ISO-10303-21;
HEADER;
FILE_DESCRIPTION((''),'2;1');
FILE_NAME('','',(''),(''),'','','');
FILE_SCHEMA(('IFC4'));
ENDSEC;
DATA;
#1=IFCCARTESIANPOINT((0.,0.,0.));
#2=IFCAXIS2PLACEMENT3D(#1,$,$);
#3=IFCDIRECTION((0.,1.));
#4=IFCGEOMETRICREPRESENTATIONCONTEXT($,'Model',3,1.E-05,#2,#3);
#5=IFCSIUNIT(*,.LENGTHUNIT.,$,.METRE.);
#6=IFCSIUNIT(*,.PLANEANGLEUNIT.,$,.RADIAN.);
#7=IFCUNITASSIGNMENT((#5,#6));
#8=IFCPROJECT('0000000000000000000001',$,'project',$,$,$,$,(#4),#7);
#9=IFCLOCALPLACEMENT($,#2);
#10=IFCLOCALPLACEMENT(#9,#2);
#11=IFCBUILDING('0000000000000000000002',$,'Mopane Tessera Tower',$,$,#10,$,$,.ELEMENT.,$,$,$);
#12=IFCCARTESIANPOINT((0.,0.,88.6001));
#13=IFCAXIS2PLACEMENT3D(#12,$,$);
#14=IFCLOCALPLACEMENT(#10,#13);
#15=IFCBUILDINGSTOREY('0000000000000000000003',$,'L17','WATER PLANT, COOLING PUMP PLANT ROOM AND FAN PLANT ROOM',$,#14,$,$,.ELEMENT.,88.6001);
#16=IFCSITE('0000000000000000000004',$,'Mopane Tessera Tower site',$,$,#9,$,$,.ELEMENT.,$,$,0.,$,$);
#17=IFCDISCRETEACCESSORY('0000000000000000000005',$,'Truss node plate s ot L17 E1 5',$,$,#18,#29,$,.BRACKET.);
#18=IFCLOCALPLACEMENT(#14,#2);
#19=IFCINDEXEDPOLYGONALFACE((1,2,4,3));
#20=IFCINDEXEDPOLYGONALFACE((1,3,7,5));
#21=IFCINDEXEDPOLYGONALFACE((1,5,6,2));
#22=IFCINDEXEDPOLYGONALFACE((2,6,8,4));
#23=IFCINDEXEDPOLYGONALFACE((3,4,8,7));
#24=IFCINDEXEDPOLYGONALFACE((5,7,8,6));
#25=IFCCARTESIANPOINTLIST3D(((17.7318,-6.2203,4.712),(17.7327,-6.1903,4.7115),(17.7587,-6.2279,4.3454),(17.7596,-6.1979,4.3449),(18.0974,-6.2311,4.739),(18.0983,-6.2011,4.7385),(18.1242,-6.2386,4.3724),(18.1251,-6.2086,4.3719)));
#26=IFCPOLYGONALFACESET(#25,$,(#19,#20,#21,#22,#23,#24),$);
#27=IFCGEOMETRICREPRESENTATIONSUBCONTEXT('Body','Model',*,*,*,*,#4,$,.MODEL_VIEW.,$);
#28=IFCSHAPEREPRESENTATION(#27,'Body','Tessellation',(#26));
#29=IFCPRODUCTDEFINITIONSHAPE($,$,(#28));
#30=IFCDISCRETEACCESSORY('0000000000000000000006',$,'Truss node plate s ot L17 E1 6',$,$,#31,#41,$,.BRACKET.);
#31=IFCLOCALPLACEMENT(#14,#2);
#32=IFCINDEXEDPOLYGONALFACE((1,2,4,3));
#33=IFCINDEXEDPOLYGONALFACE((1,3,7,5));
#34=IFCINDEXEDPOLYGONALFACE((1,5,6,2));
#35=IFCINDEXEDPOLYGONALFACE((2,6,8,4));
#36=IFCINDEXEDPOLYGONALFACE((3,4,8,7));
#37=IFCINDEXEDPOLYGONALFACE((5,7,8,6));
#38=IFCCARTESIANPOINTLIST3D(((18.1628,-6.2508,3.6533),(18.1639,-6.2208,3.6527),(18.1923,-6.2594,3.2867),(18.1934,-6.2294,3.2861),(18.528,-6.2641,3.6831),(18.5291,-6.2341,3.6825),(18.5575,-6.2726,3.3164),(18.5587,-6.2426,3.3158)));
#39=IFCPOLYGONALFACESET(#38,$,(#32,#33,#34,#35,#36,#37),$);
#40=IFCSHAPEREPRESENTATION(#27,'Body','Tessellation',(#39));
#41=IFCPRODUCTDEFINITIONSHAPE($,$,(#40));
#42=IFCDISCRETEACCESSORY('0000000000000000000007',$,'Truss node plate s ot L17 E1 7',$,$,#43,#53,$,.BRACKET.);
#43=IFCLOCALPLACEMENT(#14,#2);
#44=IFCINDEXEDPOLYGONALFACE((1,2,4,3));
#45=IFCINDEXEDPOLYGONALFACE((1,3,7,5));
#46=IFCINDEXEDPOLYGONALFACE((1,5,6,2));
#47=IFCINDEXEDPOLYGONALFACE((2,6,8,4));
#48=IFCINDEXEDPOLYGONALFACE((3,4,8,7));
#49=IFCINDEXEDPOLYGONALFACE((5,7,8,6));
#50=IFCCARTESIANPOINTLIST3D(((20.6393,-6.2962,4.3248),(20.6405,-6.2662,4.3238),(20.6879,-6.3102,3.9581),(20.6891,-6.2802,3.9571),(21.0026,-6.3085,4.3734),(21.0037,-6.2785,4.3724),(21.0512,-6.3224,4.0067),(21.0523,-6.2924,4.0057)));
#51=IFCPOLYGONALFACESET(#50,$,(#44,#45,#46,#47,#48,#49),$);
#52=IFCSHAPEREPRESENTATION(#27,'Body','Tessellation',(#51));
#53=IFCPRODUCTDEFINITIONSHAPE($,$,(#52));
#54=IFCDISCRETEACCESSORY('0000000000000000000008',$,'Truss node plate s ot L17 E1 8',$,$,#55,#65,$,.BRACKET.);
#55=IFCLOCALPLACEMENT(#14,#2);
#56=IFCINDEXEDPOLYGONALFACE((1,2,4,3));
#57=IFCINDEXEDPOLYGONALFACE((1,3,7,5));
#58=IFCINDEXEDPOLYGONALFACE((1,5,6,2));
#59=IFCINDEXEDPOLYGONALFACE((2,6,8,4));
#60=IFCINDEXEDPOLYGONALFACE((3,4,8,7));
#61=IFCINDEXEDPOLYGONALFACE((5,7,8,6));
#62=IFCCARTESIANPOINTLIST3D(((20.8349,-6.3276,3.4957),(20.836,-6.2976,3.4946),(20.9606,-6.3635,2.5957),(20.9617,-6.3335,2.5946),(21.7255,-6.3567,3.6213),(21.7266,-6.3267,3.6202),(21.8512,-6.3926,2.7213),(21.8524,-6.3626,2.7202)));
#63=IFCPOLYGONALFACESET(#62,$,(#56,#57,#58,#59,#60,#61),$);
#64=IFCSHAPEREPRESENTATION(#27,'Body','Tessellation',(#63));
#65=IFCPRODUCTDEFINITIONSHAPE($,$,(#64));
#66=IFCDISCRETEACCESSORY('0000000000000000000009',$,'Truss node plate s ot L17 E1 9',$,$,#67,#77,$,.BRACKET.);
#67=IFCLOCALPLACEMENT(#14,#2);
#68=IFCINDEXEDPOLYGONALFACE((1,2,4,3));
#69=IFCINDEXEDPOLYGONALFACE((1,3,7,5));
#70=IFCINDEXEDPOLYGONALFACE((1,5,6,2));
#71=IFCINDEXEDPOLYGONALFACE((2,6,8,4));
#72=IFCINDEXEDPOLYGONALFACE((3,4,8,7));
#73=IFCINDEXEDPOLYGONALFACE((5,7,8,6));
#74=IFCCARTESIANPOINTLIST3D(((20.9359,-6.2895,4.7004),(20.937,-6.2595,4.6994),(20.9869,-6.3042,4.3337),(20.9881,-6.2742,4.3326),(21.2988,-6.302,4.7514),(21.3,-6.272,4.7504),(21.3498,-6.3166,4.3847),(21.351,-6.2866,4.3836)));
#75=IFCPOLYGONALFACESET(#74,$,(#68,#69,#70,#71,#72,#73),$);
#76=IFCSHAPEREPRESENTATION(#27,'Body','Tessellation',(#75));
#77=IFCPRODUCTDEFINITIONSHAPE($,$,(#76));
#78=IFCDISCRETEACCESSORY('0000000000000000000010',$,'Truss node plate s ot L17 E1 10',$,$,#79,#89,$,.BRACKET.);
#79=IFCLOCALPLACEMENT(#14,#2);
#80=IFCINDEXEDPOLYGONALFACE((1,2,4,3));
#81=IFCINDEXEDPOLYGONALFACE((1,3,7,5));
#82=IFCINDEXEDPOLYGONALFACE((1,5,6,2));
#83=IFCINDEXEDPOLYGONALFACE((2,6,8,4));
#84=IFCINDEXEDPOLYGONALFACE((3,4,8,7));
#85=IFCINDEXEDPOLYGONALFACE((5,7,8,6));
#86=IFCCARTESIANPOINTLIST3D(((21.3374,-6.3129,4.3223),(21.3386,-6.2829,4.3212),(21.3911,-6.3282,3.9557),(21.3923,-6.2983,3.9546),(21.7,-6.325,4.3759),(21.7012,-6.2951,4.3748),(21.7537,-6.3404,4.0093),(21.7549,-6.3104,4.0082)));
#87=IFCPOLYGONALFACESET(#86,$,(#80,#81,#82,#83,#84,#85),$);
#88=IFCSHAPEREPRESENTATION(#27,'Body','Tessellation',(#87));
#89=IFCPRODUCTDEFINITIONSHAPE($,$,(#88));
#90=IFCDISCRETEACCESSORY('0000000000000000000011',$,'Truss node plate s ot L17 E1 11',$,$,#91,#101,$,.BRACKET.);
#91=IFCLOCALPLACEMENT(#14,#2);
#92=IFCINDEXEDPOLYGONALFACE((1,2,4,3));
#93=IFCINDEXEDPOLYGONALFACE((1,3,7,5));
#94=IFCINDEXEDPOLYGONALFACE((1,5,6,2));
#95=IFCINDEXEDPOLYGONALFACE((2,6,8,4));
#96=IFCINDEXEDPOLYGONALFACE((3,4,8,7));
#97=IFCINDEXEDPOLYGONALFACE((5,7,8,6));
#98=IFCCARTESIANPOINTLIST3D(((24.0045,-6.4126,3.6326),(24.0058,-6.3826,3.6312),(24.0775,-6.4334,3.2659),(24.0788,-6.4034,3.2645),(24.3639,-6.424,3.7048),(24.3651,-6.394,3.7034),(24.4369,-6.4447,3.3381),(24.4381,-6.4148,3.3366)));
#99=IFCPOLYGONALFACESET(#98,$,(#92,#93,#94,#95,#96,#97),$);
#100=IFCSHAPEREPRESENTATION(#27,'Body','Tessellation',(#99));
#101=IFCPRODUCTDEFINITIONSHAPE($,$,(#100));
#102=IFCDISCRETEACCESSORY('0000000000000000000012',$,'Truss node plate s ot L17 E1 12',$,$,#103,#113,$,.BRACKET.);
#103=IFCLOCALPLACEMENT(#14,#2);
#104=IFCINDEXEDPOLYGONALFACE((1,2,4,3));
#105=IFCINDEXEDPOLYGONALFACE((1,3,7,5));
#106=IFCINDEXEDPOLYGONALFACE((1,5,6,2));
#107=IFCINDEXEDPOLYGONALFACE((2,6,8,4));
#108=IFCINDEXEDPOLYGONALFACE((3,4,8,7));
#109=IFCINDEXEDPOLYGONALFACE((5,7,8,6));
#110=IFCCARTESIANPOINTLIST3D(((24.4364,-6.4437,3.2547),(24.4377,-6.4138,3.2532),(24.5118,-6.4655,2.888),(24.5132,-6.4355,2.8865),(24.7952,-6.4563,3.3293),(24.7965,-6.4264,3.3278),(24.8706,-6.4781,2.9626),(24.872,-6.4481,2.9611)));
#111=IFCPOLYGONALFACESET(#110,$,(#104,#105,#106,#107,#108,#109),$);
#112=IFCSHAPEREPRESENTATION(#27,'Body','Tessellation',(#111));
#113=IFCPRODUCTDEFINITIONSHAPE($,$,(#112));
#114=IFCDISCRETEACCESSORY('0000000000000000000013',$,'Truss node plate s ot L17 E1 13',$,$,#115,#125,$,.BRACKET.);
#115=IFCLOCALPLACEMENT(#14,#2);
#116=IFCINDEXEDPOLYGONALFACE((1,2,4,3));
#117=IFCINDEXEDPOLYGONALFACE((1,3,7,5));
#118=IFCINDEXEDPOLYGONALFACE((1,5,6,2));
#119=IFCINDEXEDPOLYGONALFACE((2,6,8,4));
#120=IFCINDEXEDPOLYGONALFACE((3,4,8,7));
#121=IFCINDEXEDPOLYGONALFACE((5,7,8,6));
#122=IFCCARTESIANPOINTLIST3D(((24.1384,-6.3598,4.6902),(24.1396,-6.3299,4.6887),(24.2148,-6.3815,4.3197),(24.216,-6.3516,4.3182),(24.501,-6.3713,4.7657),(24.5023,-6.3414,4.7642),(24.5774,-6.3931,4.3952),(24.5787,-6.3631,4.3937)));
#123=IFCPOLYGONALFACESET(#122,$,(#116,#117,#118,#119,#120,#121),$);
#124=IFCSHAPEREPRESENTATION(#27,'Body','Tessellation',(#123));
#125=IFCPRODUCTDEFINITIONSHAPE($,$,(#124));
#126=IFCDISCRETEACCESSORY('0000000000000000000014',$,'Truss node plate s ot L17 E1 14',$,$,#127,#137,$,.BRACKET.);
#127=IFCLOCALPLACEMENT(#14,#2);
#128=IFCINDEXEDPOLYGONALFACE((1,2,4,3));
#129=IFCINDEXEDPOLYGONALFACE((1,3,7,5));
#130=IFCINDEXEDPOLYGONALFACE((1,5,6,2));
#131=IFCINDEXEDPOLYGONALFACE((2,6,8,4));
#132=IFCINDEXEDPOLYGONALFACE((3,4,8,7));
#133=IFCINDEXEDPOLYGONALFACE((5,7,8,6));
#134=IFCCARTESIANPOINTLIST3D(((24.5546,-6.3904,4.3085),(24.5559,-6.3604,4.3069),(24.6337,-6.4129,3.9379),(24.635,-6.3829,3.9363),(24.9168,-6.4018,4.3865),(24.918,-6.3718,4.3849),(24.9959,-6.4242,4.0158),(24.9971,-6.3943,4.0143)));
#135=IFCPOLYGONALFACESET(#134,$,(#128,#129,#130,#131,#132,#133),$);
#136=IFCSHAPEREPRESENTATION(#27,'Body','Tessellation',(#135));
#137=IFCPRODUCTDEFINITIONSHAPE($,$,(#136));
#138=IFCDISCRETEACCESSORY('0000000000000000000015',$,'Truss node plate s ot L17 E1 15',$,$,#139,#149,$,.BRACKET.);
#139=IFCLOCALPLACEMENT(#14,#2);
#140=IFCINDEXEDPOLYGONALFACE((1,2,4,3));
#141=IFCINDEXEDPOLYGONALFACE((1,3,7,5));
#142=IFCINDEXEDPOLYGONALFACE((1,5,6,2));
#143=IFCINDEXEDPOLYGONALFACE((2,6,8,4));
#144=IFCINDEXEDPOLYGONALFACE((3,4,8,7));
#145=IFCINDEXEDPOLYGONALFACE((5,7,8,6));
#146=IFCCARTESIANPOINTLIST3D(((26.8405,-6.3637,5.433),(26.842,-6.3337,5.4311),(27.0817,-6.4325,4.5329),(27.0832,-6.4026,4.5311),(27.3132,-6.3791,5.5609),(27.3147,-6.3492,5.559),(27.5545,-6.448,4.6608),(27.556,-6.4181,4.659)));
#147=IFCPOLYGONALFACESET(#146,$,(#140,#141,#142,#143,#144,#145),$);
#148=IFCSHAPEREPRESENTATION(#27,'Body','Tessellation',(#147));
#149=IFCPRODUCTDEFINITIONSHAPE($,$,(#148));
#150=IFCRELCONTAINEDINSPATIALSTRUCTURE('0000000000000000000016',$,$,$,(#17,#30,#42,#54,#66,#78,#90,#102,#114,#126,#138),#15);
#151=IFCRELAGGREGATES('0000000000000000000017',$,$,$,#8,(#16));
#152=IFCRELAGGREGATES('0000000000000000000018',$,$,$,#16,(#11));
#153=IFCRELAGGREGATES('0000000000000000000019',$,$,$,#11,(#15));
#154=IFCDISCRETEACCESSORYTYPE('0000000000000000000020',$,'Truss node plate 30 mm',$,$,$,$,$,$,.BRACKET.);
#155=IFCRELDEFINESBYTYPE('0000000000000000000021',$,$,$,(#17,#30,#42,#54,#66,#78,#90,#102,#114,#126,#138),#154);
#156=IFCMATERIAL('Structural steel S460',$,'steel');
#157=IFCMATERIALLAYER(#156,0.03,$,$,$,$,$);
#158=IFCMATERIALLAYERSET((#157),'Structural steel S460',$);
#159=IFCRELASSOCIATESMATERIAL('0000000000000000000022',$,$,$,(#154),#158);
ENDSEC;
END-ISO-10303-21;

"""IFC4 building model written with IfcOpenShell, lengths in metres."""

from ifc_helpers import new_model, si_unit, direction, frame, origin, origin_2d, place, context, subcontext, project, spatial, rectangle, extrude, material, layer, layer_set, type_object, element, save


model = new_model("IFC4")

# Units and contexts
model_context = context("Model", 3, precision=1e-05, world=origin(), true_north=direction((0.0, 1.0)))
body_context = subcontext(model_context, "Body", "Model", "MODEL_VIEW")
ifc_project = project(units=[si_unit("LENGTHUNIT", "METRE"), si_unit("PLANEANGLEUNIT", "RADIAN")], contexts=[model_context])

# Site, building, storey
site_placement = place(None, origin())
site = spatial("IfcSite", under=ifc_project, at=site_placement, Name="Mopane Tessera Tower site", CompositionType="ELEMENT", RefElevation=0.0)
building_placement = place(site_placement, origin())
building = spatial("IfcBuilding", under=site, at=building_placement, Name="Mopane Tessera Tower", CompositionType="ELEMENT")
storey_placement = place(building_placement, frame((0.0, 0.0, 88.6001)))
storey = spatial("IfcBuildingStorey", under=building, at=storey_placement, Name="L17", Description="WATER PLANT, COOLING PUMP PLANT ROOM AND FAN PLANT ROOM", CompositionType="ELEMENT", Elevation=88.6001)

# Discrete accessories
ifc_material_1 = material(Name="Structural steel S460", Category="steel")
ifc_layer_1 = layer(ifc_material_1, 0.03)
ifc_layer_set_1 = layer_set([ifc_layer_1], Name="Structural steel S460")
discrete_accessory_type = type_object("IfcDiscreteAccessoryType", Name="Truss node plate 30 mm", PredefinedType="BRACKET", material=ifc_layer_set_1)
for number, where, z_axis, x_axis, name in (
    (1, (17.9419, -6.2183, 4.3586), (-0.073025, 0.02058, 0.997118), (0.030716, 0.999359, -0.018376), "Truss node plate s ot L17 E1 5"),
):
    element("IfcDiscreteAccessory", number, at=place(storey_placement, frame(where, z_axis=z_axis, x_axis=x_axis)), inside=storey, type_object=discrete_accessory_type, Name=name, PredefinedType="BRACKET", context=body_context, shape_type="SweptSolid", body=[
        extrude(rectangle(XDim=0.03, YDim=0.3667, at=origin_2d()), origin(), (0.0, 0.0, 1.0), 0.3677),
    ])
discrete_accessory_1_placement = place(storey_placement, frame((18.3755, -6.251, 3.3013), z_axis=(-0.080277, 0.023221, 0.996502), x_axis=(0.037871, 0.999078, -0.02023)))
element("IfcDiscreteAccessory", 2, at=discrete_accessory_1_placement, inside=storey, type_object=discrete_accessory_type, Name="Truss node plate s ot L17 E1 6", PredefinedType="BRACKET", context=body_context, shape_type="SweptSolid", body=[
    extrude(rectangle(XDim=0.03, YDim=0.3667, at=origin_2d()), origin(), (0.0, 0.0, 1.0), 0.3679),
])
discrete_accessory_2_placement = place(storey_placement, frame((20.8701, -6.3013, 3.9819), z_axis=(-0.131249, 0.037594, 0.990636), x_axis=(0.038006, 0.998737, -0.032866)))
element("IfcDiscreteAccessory", 3, at=discrete_accessory_2_placement, inside=storey, type_object=discrete_accessory_type, Name="Truss node plate s ot L17 E1 7", PredefinedType="BRACKET", context=body_context, shape_type="SweptSolid", body=[
    extrude(rectangle(XDim=0.03, YDim=0.3667, at=origin_2d()), origin(), (0.0, 0.0, 1.0), 0.3701),
])
discrete_accessory_3_placement = place(storey_placement, frame((21.4065, -6.363, 2.658), z_axis=(-0.138266, 0.039466, 0.989608), x_axis=(0.037565, 0.998696, -0.03458)))
element("IfcDiscreteAccessory", 4, at=discrete_accessory_3_placement, inside=storey, type_object=discrete_accessory_type, Name="Truss node plate s ot L17 E1 8", PredefinedType="BRACKET", context=body_context, shape_type="SweptSolid", body=[
    extrude(rectangle(XDim=0.03, YDim=0.8999, at=origin_2d()), origin(), (0.0, 0.0, 1.0), 0.9094),
])
discrete_accessory_4_placement = place(storey_placement, frame((21.1689, -6.2954, 4.3586), z_axis=(-0.137712, 0.039535, 0.989683), x_axis=(0.039065, 0.998642, -0.034457)))
element("IfcDiscreteAccessory", 5, at=discrete_accessory_4_placement, inside=storey, type_object=discrete_accessory_type, Name="Truss node plate s ot L17 E1 9", PredefinedType="BRACKET", context=body_context, shape_type="SweptSolid", body=[
    extrude(rectangle(XDim=0.03, YDim=0.3667, at=origin_2d()), origin(), (0.0, 0.0, 1.0), 0.3706),
])
discrete_accessory_5_placement = place(storey_placement, frame((21.573, -6.3193, 3.9819), z_axis=(-0.1448, 0.041466, 0.988592), x_axis=(0.038907, 0.998587, -0.036186)))
element("IfcDiscreteAccessory", 6, at=discrete_accessory_5_placement, inside=storey, type_object=discrete_accessory_type, Name="Truss node plate s ot L17 E1 10", PredefinedType="BRACKET", context=body_context, shape_type="SweptSolid", body=[
    extrude(rectangle(XDim=0.03, YDim=0.3667, at=origin_2d()), origin(), (0.0, 0.0, 1.0), 0.3708),
])
discrete_accessory_6_placement = place(storey_placement, frame((24.2578, -6.4241, 3.3013), z_axis=(-0.194937, 0.055417, 0.979249), x_axis=(0.041295, 0.997981, -0.048256)))
element("IfcDiscreteAccessory", 7, at=discrete_accessory_6_placement, inside=storey, type_object=discrete_accessory_type, Name="Truss node plate s ot L17 E1 11", PredefinedType="BRACKET", context=body_context, shape_type="SweptSolid", body=[
    extrude(rectangle(XDim=0.03, YDim=0.3667, at=origin_2d()), origin(), (0.0, 0.0, 1.0), 0.3745),
])
discrete_accessory_7_placement = place(storey_placement, frame((24.6919, -6.4568, 2.9246), z_axis=(-0.201167, 0.057941, 0.977842), x_axis=(0.045413, 0.997727, -0.049777)))
element("IfcDiscreteAccessory", 8, at=discrete_accessory_7_placement, inside=storey, type_object=discrete_accessory_type, Name="Truss node plate s ot L17 E1 12", PredefinedType="BRACKET", context=body_context, shape_type="SweptSolid", body=[
    extrude(rectangle(XDim=0.03, YDim=0.3667, at=origin_2d()), origin(), (0.0, 0.0, 1.0), 0.375),
])
discrete_accessory_8_placement = place(storey_placement, frame((24.3967, -6.3723, 4.3567), z_axis=(-0.201612, 0.057327, 0.977786), x_axis=(0.042031, 0.997873, -0.049839)))
element("IfcDiscreteAccessory", 9, at=discrete_accessory_8_placement, inside=storey, type_object=discrete_accessory_type, Name="Truss node plate s ot L17 E1 13", PredefinedType="BRACKET", context=body_context, shape_type="SweptSolid", body=[
    extrude(rectangle(XDim=0.03, YDim=0.3706, at=origin_2d()), origin(), (0.0, 0.0, 1.0), 0.3789),
])
discrete_accessory_9_placement = place(storey_placement, frame((24.8154, -6.4036, 3.9761), z_axis=(-0.208371, 0.059167, 0.976258), x_axis=(0.042356, 0.997778, -0.051431)))
element("IfcDiscreteAccessory", 10, at=discrete_accessory_9_placement, inside=storey, type_object=discrete_accessory_type, Name="Truss node plate s ot L17 E1 14", PredefinedType="BRACKET", context=body_context, shape_type="SweptSolid", body=[
    extrude(rectangle(XDim=0.03, YDim=0.3706, at=origin_2d()), origin(), (0.0, 0.0, 1.0), 0.3796),
])
discrete_accessory_10_placement = place(storey_placement, frame((27.3188, -6.4253, 4.5959), z_axis=(-0.258198, 0.073696, 0.963277), x_axis=(0.049641, 0.996781, -0.062954)))
element("IfcDiscreteAccessory", 11, at=discrete_accessory_10_placement, inside=storey, type_object=discrete_accessory_type, Name="Truss node plate s ot L17 E1 15", PredefinedType="BRACKET", context=body_context, shape_type="SweptSolid", body=[
    extrude(rectangle(XDim=0.03, YDim=0.49, at=origin_2d()), origin(), (0.0, 0.0, 1.0), 0.9343),
])

save(model, "model.ifc")
